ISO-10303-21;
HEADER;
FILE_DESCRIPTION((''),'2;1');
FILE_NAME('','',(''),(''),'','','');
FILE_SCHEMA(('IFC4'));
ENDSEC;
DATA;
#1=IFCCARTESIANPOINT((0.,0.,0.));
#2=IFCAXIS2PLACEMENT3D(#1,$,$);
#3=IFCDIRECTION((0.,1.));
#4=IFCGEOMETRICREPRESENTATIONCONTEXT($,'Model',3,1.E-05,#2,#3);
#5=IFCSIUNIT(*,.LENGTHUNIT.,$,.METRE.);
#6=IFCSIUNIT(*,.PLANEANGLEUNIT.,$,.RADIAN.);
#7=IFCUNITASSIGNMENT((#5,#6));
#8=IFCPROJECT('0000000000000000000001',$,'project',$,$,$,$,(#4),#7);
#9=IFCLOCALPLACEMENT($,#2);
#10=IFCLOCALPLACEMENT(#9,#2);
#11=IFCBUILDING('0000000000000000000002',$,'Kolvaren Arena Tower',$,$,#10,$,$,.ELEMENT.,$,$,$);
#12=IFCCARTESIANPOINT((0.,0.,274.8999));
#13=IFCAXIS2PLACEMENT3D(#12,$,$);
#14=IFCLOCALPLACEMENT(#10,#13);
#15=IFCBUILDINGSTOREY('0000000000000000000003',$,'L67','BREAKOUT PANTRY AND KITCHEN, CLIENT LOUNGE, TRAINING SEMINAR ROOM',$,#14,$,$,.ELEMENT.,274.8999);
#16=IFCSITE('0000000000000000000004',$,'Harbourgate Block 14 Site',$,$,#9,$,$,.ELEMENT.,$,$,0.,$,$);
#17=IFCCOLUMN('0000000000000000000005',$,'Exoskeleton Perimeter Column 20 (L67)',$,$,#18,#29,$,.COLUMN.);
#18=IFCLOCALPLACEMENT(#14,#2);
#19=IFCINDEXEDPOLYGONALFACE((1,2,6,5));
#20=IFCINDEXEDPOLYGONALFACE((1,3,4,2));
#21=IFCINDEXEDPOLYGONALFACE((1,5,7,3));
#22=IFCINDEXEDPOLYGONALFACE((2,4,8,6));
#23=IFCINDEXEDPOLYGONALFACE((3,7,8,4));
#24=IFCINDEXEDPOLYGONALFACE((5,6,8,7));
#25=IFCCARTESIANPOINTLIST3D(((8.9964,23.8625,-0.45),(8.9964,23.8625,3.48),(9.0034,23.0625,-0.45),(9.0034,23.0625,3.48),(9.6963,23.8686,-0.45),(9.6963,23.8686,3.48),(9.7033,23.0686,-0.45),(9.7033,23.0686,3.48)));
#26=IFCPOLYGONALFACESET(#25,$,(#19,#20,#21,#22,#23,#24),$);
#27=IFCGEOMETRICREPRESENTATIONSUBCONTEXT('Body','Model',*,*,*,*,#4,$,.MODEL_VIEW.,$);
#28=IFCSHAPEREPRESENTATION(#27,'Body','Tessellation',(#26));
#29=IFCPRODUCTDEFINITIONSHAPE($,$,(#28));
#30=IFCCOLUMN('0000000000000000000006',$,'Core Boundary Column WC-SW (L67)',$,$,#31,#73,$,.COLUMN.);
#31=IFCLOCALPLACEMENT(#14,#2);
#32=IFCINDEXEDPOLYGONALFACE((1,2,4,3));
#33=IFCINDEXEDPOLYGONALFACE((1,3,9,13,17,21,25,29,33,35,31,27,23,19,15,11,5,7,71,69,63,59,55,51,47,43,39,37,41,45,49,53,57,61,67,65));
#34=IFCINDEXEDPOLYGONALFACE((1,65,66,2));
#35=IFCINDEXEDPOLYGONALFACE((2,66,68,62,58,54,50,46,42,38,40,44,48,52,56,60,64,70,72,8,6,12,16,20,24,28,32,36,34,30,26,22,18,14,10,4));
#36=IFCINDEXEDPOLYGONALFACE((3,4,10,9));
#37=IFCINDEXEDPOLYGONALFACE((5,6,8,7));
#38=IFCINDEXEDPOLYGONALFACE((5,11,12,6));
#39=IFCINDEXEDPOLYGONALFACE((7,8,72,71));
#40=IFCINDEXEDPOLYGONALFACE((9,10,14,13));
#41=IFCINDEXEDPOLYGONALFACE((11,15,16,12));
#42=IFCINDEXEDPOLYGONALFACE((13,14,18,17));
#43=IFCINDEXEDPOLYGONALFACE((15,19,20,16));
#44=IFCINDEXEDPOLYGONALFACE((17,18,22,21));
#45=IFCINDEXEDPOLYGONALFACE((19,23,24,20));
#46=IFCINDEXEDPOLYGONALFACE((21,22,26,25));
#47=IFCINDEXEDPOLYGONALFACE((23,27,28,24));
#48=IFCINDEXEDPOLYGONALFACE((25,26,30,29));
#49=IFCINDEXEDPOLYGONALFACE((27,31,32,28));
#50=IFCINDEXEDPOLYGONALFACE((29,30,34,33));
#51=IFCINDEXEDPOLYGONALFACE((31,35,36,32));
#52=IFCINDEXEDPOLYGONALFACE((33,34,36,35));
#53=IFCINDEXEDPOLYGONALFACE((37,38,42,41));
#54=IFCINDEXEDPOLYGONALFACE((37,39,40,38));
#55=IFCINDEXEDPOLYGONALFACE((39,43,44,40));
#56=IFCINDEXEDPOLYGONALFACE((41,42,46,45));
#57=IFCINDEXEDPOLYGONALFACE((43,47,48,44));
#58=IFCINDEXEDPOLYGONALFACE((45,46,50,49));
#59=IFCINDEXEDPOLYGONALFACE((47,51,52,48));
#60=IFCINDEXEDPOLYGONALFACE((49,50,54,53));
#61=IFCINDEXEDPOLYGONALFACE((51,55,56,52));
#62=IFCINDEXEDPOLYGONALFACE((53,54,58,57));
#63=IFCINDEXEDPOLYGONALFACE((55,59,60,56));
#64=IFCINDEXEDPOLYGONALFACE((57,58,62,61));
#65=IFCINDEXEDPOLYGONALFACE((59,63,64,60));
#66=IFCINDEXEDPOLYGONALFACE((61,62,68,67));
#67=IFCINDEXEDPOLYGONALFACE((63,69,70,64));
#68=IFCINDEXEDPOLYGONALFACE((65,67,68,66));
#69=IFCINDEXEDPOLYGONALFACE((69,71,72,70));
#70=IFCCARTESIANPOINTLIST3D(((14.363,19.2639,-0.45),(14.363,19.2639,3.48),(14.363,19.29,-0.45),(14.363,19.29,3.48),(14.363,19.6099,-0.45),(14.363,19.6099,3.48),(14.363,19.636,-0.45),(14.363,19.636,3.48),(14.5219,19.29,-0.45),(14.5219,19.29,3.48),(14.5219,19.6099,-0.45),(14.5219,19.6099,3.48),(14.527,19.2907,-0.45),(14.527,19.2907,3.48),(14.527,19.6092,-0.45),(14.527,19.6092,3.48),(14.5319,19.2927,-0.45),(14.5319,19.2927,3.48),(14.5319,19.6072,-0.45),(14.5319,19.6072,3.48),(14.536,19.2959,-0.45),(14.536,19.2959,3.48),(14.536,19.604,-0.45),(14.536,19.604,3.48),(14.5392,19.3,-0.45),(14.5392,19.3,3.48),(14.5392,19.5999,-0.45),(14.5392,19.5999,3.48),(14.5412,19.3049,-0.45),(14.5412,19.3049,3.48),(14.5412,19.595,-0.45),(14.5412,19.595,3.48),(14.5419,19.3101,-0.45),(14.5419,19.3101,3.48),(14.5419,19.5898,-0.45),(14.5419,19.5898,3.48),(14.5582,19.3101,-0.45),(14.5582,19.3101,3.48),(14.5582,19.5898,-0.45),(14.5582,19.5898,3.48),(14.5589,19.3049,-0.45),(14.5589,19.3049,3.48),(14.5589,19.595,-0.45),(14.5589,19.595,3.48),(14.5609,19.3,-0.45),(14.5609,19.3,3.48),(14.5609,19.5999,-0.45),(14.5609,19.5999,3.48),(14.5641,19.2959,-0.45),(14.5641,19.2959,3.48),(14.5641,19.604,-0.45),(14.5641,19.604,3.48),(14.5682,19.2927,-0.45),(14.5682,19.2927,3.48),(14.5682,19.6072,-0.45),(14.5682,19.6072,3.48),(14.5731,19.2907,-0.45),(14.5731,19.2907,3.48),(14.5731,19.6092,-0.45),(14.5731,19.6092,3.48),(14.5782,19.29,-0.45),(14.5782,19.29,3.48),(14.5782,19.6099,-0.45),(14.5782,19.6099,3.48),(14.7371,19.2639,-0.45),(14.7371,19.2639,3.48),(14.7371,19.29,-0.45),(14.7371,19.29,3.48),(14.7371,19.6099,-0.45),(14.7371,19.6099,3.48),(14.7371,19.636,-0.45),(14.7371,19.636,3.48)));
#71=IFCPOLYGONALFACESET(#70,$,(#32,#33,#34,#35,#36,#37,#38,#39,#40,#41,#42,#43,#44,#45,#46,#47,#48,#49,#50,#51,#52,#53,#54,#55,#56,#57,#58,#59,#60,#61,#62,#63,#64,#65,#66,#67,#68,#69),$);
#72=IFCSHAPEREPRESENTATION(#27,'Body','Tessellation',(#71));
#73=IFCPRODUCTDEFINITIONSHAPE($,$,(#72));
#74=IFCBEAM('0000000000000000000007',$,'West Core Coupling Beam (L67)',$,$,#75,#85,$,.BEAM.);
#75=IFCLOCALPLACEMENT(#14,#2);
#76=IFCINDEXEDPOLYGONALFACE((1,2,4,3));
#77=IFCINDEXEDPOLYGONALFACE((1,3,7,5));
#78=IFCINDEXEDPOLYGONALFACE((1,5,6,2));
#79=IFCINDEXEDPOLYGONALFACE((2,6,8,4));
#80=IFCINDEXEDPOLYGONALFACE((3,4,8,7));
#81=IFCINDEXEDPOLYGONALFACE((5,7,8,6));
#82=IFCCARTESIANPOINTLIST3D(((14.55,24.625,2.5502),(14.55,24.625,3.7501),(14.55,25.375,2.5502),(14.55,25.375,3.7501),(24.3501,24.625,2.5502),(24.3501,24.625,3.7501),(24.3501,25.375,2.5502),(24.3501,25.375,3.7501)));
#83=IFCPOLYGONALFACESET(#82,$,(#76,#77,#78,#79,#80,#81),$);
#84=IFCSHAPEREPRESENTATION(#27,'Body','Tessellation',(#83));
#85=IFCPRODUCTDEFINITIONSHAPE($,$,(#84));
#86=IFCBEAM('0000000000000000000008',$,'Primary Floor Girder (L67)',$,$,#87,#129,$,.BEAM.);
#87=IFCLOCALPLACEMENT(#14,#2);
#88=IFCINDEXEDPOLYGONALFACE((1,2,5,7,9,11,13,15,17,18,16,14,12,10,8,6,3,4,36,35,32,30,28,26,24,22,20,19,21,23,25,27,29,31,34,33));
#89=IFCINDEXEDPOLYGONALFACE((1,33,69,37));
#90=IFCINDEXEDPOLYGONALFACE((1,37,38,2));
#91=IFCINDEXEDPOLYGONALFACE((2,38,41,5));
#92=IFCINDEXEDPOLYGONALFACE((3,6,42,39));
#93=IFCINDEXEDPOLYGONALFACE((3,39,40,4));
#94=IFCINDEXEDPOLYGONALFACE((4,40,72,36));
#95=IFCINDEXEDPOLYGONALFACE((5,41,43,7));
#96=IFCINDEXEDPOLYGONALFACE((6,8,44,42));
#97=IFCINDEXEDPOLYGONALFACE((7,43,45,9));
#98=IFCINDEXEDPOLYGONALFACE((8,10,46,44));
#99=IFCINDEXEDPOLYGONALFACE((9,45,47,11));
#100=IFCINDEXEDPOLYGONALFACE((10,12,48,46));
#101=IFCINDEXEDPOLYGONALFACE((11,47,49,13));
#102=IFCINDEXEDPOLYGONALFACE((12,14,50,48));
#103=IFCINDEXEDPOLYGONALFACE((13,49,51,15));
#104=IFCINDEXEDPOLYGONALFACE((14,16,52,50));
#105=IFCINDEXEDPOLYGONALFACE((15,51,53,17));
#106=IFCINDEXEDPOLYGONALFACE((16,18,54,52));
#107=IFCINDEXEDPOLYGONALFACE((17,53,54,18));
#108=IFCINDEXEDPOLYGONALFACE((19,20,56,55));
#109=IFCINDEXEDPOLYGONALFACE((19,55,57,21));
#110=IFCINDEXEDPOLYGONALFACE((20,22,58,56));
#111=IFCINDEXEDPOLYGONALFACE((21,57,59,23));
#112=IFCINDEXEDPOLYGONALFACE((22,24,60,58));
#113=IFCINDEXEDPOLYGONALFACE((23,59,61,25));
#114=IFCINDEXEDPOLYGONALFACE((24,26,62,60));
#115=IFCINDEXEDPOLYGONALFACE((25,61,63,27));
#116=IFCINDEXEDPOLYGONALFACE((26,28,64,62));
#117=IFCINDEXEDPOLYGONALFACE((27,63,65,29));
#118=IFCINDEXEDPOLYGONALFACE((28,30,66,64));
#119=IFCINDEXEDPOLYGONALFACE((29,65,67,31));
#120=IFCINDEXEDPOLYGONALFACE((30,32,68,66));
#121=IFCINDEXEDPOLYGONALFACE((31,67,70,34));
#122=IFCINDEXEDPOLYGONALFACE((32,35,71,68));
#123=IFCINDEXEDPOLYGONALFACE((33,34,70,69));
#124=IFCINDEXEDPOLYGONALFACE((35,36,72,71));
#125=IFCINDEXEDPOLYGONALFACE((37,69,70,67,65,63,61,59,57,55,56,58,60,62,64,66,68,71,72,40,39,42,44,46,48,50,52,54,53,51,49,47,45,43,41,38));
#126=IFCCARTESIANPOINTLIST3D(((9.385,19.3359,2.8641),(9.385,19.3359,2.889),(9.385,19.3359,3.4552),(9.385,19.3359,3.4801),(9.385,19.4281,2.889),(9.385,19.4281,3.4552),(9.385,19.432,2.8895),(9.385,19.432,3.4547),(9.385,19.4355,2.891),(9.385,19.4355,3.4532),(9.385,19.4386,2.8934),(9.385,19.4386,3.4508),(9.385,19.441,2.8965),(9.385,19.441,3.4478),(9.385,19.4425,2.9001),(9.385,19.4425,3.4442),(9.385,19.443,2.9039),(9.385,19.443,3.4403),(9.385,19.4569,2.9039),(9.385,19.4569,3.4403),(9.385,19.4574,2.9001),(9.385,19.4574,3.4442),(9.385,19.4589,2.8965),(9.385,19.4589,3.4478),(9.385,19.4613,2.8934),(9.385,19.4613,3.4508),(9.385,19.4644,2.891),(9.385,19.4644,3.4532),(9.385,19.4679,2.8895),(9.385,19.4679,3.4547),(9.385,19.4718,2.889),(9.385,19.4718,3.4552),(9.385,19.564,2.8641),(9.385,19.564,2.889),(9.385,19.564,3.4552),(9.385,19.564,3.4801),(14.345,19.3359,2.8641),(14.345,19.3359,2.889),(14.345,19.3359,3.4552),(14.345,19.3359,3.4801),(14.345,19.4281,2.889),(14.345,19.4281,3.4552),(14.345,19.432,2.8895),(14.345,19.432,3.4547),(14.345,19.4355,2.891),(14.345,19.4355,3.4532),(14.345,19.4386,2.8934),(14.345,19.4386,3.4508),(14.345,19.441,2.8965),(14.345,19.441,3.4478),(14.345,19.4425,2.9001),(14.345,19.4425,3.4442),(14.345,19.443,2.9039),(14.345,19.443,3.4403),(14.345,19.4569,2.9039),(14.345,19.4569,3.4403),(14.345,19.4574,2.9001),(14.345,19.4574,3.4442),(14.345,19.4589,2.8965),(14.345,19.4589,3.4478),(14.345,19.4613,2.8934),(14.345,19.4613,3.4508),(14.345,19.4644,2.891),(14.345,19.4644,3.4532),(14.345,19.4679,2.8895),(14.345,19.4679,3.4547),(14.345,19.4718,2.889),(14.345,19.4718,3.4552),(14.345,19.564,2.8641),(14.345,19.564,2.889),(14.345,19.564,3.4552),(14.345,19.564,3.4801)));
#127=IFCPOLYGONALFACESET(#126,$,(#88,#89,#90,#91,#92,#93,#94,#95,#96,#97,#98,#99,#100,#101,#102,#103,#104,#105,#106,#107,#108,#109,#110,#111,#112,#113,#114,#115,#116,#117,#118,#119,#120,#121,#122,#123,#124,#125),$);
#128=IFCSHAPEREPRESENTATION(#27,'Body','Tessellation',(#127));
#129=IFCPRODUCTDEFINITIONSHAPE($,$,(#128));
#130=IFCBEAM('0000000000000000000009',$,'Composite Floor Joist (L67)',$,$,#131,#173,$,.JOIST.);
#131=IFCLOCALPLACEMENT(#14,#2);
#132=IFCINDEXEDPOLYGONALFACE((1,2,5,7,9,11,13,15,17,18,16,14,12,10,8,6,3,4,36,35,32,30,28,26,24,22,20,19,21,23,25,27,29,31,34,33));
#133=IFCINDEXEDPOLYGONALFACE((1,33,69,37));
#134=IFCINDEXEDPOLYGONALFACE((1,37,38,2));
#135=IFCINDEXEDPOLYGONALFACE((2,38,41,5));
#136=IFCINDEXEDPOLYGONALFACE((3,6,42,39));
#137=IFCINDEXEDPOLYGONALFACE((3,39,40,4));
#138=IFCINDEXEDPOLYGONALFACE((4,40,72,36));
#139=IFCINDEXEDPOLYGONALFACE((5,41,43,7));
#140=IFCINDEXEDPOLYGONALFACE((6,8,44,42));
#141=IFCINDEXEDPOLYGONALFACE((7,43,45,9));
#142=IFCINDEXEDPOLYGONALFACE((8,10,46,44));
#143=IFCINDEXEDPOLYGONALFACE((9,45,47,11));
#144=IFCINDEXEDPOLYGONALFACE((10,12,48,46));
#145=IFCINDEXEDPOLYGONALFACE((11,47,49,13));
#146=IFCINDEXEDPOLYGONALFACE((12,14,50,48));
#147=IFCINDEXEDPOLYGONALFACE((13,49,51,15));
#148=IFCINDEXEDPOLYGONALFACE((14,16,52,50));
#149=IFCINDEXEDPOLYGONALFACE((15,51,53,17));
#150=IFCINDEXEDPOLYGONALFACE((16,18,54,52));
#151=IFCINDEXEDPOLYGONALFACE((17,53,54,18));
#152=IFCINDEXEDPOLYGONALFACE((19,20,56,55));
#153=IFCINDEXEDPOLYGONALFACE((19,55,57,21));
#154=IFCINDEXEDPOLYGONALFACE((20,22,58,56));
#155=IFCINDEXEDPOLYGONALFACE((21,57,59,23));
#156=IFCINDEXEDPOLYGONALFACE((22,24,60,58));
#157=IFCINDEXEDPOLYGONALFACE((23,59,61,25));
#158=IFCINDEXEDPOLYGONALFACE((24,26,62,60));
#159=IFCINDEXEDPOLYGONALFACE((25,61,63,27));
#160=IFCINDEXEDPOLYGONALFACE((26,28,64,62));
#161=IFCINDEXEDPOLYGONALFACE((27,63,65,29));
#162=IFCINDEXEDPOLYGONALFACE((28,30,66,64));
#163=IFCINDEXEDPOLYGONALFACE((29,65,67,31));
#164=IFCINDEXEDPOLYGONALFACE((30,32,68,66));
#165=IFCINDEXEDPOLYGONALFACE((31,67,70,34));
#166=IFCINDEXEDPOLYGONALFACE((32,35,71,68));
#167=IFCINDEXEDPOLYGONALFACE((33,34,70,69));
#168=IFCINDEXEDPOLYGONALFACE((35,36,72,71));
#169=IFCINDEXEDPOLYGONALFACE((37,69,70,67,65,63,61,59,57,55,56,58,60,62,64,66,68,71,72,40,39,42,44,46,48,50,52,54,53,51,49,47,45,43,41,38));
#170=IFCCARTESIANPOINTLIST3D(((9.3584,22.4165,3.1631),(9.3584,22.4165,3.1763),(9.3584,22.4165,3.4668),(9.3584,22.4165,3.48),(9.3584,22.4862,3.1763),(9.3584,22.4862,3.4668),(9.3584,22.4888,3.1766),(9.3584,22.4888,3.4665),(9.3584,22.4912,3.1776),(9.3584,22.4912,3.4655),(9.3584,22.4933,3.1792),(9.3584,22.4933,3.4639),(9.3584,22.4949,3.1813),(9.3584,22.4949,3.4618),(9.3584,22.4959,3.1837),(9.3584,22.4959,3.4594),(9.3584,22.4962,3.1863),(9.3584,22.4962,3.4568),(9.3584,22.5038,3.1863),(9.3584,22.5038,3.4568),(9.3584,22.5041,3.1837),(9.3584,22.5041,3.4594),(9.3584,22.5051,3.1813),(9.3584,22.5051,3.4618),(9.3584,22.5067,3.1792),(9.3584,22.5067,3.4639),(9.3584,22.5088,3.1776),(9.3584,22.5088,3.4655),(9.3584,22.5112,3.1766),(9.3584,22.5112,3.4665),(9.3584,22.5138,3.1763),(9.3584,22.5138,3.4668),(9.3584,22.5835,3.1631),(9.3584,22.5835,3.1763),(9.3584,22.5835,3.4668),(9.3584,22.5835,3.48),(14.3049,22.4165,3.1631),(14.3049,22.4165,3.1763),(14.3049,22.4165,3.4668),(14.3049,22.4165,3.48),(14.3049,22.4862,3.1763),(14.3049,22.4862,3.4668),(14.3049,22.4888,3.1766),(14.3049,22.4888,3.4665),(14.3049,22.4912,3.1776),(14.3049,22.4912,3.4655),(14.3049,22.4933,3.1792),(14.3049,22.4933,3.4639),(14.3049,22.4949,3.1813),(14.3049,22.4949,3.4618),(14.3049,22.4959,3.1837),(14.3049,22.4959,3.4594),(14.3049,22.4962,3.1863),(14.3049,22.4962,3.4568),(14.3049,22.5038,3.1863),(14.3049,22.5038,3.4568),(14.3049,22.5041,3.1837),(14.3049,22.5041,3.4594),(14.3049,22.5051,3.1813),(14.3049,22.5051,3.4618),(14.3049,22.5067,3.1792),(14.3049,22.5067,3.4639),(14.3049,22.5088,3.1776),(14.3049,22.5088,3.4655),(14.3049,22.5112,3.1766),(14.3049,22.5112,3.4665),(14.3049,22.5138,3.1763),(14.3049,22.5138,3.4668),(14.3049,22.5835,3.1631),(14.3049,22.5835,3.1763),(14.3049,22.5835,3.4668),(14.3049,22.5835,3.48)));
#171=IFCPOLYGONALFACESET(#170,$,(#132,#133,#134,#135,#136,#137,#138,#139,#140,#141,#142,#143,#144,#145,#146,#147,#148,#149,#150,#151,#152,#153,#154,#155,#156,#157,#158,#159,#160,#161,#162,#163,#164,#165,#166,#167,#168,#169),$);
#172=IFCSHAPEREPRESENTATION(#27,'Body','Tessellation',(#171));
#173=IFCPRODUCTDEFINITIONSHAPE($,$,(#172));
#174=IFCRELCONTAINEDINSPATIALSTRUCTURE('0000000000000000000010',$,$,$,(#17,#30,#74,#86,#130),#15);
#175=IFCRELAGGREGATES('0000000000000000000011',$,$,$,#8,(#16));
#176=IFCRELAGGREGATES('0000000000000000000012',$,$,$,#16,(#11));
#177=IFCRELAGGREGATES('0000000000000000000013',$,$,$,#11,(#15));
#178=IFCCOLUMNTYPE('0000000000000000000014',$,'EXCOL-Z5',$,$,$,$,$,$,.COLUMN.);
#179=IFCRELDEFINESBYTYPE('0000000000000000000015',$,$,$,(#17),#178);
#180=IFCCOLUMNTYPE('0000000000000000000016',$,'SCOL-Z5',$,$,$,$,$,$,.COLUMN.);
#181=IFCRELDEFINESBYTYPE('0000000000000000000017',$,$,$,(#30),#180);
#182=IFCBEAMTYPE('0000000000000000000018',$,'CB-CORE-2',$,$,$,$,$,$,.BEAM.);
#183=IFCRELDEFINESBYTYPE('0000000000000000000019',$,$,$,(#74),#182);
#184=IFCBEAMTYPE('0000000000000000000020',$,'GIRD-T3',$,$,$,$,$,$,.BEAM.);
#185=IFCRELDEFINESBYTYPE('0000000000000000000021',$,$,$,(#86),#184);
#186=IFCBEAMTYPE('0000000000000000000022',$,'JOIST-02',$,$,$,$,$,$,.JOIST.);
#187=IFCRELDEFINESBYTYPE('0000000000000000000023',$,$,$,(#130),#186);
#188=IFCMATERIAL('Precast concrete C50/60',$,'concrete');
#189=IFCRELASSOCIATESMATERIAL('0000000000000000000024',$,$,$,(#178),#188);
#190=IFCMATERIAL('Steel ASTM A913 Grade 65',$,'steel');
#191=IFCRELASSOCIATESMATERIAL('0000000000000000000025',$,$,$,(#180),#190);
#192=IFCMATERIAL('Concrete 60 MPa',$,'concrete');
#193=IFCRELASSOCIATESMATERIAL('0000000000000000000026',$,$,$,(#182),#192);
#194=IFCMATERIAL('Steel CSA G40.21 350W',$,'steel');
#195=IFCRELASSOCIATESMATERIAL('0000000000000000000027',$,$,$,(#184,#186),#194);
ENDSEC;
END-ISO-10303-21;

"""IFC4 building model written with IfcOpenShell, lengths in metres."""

from ifc_helpers import new_model, si_unit, direction, frame, origin, origin_2d, place, context, subcontext, project, spatial, rectangle, i_section, extrude, material, material_profile, profile_set, type_object, element, save


model = new_model("IFC4")

# Units and contexts
model_context = context("Model", 3, precision=1e-05, world=origin(), true_north=direction((0.0, 1.0)))
body_context = subcontext(model_context, "Body", "Model", "MODEL_VIEW")
ifc_project = project(units=[si_unit("LENGTHUNIT", "METRE"), si_unit("PLANEANGLEUNIT", "RADIAN")], contexts=[model_context])

# Site, building, storey
site_placement = place(None, origin())
site = spatial("IfcSite", under=ifc_project, at=site_placement, Name="Harbourgate Block 14 Site", CompositionType="ELEMENT", RefElevation=0.0)
building_placement = place(site_placement, origin())
building = spatial("IfcBuilding", under=site, at=building_placement, Name="Kolvaren Arena Tower", CompositionType="ELEMENT")
storey_placement = place(building_placement, frame((0.0, 0.0, 274.8999)))
storey = spatial("IfcBuildingStorey", under=building, at=storey_placement, Name="L67", Description="BREAKOUT PANTRY AND KITCHEN, CLIENT LOUNGE, TRAINING SEMINAR ROOM", CompositionType="ELEMENT", Elevation=274.8999)

# Columns
ifc_material_1 = material(Name="Precast concrete C50/60", Category="concrete")
ifc_material_profile_1 = material_profile(ifc_material_1, rectangle(XDim=0.8, YDim=0.7, at=origin_2d()), Name="RC-800x700")
ifc_profile_set_1 = profile_set([ifc_material_profile_1], Name="Precast concrete C50/60")
column_type_1 = type_object("IfcColumnType", Name="EXCOL-Z5", PredefinedType="COLUMN", material=ifc_profile_set_1)
column_1_placement = place(storey_placement, frame((9.3499, 23.4656, -0.45), z_axis=(0.0, 0.0, 1.0), x_axis=(-0.008727, 0.999962, 0.0)))
element("IfcColumn", 1, at=column_1_placement, inside=storey, type_object=column_type_1, Name="Exoskeleton Perimeter Column 20 (L67)", PredefinedType="COLUMN", context=body_context, shape_type="SweptSolid", body=[
    extrude(rectangle(XDim=0.8, YDim=0.7, at=origin_2d()), origin(), (0.0, 0.0, 1.0), 3.9299),
])
ifc_material_2 = material(Name="Steel ASTM A913 Grade 65", Category="steel")
ifc_material_profile_2 = material_profile(ifc_material_2, i_section(OverallWidth=0.374, OverallDepth=0.3721, WebThickness=0.0164, FlangeThickness=0.0261, FilletRadius=0.02, at=origin_2d()), Name="W360x196")
ifc_profile_set_2 = profile_set([ifc_material_profile_2], Name="Steel ASTM A913 Grade 65")
column_type_2 = type_object("IfcColumnType", Name="SCOL-Z5", PredefinedType="COLUMN", material=ifc_profile_set_2)
column_2_placement = place(storey_placement, frame((14.55, 19.45, -0.45), z_axis=(0.0, 0.0, 1.0), x_axis=(1.0, 0.0, 0.0)))
element("IfcColumn", 2, at=column_2_placement, inside=storey, type_object=column_type_2, Name="Core Boundary Column WC-SW (L67)", PredefinedType="COLUMN", context=body_context, shape_type="SweptSolid", body=[
    extrude(i_section(OverallWidth=0.374, OverallDepth=0.3721, WebThickness=0.0164, FlangeThickness=0.0261, FilletRadius=0.02, at=origin_2d()), origin(), (0.0, 0.0, 1.0), 3.9299),
])

# Beams
ifc_material_3 = material(Name="Concrete 60 MPa", Category="concrete")
ifc_material_profile_3 = material_profile(ifc_material_3, rectangle(XDim=0.75, YDim=1.2, at=origin_2d()), Name="RC-750x1200")
ifc_profile_set_3 = profile_set([ifc_material_profile_3], Name="Concrete 60 MPa")
beam_type_1 = type_object("IfcBeamType", Name="CB-CORE-2", PredefinedType="BEAM", material=ifc_profile_set_3)
beam_1_placement = place(storey_placement, frame((14.55, 25.0, 3.1501), z_axis=(1.0, 0.0, 0.0), x_axis=(0.0, 1.0, 0.0)))
element("IfcBeam", 3, at=beam_1_placement, inside=storey, type_object=beam_type_1, Name="West Core Coupling Beam (L67)", PredefinedType="BEAM", context=body_context, shape_type="SweptSolid", body=[
    extrude(rectangle(XDim=0.75, YDim=1.2, at=origin_2d()), origin(), (0.0, 0.0, 1.0), 9.8),
])
ifc_material_4 = material(Name="Steel CSA G40.21 350W", Category="steel")
ifc_material_profile_4 = material_profile(ifc_material_4, i_section(OverallWidth=0.228, OverallDepth=0.616, WebThickness=0.0139, FlangeThickness=0.0249, FilletRadius=0.0149, at=origin_2d()), Name="W610x174")
ifc_profile_set_4 = profile_set([ifc_material_profile_4], Name="Steel CSA G40.21 350W")
beam_type_2 = type_object("IfcBeamType", Name="GIRD-T3", PredefinedType="BEAM", material=ifc_profile_set_4)
beam_2_placement = place(storey_placement, frame((9.385, 19.45, 3.1721), z_axis=(1.0, 0.0, 0.0), x_axis=(0.0, 1.0, 0.0)))
element("IfcBeam", 4, at=beam_2_placement, inside=storey, type_object=beam_type_2, Name="Primary Floor Girder (L67)", PredefinedType="BEAM", context=body_context, shape_type="SweptSolid", body=[
    extrude(i_section(OverallWidth=0.228, OverallDepth=0.616, WebThickness=0.0139, FlangeThickness=0.0249, FilletRadius=0.0149, at=origin_2d()), origin(), (0.0, 0.0, 1.0), 4.96),
])
ifc_material_profile_5 = material_profile(ifc_material_4, i_section(OverallWidth=0.167, OverallDepth=0.3169, WebThickness=0.0076, FlangeThickness=0.0132, FilletRadius=0.01, at=origin_2d()), Name="W310x52")
ifc_profile_set_5 = profile_set([ifc_material_profile_5], Name="Steel CSA G40.21 350W")
beam_type_3 = type_object("IfcBeamType", Name="JOIST-02", PredefinedType="JOIST", material=ifc_profile_set_5)
beam_3_placement = place(storey_placement, frame((9.3584, 22.5, 3.3215), z_axis=(1.0, 0.0, 0.0), x_axis=(0.0, 1.0, 0.0)))
element("IfcBeam", 5, at=beam_3_placement, inside=storey, type_object=beam_type_3, Name="Composite Floor Joist (L67)", PredefinedType="JOIST", context=body_context, shape_type="SweptSolid", body=[
    extrude(i_section(OverallWidth=0.167, OverallDepth=0.3169, WebThickness=0.0076, FlangeThickness=0.0132, FilletRadius=0.01, at=origin_2d()), origin(), (0.0, 0.0, 1.0), 4.9465),
])

save(model, "model.ifc")
